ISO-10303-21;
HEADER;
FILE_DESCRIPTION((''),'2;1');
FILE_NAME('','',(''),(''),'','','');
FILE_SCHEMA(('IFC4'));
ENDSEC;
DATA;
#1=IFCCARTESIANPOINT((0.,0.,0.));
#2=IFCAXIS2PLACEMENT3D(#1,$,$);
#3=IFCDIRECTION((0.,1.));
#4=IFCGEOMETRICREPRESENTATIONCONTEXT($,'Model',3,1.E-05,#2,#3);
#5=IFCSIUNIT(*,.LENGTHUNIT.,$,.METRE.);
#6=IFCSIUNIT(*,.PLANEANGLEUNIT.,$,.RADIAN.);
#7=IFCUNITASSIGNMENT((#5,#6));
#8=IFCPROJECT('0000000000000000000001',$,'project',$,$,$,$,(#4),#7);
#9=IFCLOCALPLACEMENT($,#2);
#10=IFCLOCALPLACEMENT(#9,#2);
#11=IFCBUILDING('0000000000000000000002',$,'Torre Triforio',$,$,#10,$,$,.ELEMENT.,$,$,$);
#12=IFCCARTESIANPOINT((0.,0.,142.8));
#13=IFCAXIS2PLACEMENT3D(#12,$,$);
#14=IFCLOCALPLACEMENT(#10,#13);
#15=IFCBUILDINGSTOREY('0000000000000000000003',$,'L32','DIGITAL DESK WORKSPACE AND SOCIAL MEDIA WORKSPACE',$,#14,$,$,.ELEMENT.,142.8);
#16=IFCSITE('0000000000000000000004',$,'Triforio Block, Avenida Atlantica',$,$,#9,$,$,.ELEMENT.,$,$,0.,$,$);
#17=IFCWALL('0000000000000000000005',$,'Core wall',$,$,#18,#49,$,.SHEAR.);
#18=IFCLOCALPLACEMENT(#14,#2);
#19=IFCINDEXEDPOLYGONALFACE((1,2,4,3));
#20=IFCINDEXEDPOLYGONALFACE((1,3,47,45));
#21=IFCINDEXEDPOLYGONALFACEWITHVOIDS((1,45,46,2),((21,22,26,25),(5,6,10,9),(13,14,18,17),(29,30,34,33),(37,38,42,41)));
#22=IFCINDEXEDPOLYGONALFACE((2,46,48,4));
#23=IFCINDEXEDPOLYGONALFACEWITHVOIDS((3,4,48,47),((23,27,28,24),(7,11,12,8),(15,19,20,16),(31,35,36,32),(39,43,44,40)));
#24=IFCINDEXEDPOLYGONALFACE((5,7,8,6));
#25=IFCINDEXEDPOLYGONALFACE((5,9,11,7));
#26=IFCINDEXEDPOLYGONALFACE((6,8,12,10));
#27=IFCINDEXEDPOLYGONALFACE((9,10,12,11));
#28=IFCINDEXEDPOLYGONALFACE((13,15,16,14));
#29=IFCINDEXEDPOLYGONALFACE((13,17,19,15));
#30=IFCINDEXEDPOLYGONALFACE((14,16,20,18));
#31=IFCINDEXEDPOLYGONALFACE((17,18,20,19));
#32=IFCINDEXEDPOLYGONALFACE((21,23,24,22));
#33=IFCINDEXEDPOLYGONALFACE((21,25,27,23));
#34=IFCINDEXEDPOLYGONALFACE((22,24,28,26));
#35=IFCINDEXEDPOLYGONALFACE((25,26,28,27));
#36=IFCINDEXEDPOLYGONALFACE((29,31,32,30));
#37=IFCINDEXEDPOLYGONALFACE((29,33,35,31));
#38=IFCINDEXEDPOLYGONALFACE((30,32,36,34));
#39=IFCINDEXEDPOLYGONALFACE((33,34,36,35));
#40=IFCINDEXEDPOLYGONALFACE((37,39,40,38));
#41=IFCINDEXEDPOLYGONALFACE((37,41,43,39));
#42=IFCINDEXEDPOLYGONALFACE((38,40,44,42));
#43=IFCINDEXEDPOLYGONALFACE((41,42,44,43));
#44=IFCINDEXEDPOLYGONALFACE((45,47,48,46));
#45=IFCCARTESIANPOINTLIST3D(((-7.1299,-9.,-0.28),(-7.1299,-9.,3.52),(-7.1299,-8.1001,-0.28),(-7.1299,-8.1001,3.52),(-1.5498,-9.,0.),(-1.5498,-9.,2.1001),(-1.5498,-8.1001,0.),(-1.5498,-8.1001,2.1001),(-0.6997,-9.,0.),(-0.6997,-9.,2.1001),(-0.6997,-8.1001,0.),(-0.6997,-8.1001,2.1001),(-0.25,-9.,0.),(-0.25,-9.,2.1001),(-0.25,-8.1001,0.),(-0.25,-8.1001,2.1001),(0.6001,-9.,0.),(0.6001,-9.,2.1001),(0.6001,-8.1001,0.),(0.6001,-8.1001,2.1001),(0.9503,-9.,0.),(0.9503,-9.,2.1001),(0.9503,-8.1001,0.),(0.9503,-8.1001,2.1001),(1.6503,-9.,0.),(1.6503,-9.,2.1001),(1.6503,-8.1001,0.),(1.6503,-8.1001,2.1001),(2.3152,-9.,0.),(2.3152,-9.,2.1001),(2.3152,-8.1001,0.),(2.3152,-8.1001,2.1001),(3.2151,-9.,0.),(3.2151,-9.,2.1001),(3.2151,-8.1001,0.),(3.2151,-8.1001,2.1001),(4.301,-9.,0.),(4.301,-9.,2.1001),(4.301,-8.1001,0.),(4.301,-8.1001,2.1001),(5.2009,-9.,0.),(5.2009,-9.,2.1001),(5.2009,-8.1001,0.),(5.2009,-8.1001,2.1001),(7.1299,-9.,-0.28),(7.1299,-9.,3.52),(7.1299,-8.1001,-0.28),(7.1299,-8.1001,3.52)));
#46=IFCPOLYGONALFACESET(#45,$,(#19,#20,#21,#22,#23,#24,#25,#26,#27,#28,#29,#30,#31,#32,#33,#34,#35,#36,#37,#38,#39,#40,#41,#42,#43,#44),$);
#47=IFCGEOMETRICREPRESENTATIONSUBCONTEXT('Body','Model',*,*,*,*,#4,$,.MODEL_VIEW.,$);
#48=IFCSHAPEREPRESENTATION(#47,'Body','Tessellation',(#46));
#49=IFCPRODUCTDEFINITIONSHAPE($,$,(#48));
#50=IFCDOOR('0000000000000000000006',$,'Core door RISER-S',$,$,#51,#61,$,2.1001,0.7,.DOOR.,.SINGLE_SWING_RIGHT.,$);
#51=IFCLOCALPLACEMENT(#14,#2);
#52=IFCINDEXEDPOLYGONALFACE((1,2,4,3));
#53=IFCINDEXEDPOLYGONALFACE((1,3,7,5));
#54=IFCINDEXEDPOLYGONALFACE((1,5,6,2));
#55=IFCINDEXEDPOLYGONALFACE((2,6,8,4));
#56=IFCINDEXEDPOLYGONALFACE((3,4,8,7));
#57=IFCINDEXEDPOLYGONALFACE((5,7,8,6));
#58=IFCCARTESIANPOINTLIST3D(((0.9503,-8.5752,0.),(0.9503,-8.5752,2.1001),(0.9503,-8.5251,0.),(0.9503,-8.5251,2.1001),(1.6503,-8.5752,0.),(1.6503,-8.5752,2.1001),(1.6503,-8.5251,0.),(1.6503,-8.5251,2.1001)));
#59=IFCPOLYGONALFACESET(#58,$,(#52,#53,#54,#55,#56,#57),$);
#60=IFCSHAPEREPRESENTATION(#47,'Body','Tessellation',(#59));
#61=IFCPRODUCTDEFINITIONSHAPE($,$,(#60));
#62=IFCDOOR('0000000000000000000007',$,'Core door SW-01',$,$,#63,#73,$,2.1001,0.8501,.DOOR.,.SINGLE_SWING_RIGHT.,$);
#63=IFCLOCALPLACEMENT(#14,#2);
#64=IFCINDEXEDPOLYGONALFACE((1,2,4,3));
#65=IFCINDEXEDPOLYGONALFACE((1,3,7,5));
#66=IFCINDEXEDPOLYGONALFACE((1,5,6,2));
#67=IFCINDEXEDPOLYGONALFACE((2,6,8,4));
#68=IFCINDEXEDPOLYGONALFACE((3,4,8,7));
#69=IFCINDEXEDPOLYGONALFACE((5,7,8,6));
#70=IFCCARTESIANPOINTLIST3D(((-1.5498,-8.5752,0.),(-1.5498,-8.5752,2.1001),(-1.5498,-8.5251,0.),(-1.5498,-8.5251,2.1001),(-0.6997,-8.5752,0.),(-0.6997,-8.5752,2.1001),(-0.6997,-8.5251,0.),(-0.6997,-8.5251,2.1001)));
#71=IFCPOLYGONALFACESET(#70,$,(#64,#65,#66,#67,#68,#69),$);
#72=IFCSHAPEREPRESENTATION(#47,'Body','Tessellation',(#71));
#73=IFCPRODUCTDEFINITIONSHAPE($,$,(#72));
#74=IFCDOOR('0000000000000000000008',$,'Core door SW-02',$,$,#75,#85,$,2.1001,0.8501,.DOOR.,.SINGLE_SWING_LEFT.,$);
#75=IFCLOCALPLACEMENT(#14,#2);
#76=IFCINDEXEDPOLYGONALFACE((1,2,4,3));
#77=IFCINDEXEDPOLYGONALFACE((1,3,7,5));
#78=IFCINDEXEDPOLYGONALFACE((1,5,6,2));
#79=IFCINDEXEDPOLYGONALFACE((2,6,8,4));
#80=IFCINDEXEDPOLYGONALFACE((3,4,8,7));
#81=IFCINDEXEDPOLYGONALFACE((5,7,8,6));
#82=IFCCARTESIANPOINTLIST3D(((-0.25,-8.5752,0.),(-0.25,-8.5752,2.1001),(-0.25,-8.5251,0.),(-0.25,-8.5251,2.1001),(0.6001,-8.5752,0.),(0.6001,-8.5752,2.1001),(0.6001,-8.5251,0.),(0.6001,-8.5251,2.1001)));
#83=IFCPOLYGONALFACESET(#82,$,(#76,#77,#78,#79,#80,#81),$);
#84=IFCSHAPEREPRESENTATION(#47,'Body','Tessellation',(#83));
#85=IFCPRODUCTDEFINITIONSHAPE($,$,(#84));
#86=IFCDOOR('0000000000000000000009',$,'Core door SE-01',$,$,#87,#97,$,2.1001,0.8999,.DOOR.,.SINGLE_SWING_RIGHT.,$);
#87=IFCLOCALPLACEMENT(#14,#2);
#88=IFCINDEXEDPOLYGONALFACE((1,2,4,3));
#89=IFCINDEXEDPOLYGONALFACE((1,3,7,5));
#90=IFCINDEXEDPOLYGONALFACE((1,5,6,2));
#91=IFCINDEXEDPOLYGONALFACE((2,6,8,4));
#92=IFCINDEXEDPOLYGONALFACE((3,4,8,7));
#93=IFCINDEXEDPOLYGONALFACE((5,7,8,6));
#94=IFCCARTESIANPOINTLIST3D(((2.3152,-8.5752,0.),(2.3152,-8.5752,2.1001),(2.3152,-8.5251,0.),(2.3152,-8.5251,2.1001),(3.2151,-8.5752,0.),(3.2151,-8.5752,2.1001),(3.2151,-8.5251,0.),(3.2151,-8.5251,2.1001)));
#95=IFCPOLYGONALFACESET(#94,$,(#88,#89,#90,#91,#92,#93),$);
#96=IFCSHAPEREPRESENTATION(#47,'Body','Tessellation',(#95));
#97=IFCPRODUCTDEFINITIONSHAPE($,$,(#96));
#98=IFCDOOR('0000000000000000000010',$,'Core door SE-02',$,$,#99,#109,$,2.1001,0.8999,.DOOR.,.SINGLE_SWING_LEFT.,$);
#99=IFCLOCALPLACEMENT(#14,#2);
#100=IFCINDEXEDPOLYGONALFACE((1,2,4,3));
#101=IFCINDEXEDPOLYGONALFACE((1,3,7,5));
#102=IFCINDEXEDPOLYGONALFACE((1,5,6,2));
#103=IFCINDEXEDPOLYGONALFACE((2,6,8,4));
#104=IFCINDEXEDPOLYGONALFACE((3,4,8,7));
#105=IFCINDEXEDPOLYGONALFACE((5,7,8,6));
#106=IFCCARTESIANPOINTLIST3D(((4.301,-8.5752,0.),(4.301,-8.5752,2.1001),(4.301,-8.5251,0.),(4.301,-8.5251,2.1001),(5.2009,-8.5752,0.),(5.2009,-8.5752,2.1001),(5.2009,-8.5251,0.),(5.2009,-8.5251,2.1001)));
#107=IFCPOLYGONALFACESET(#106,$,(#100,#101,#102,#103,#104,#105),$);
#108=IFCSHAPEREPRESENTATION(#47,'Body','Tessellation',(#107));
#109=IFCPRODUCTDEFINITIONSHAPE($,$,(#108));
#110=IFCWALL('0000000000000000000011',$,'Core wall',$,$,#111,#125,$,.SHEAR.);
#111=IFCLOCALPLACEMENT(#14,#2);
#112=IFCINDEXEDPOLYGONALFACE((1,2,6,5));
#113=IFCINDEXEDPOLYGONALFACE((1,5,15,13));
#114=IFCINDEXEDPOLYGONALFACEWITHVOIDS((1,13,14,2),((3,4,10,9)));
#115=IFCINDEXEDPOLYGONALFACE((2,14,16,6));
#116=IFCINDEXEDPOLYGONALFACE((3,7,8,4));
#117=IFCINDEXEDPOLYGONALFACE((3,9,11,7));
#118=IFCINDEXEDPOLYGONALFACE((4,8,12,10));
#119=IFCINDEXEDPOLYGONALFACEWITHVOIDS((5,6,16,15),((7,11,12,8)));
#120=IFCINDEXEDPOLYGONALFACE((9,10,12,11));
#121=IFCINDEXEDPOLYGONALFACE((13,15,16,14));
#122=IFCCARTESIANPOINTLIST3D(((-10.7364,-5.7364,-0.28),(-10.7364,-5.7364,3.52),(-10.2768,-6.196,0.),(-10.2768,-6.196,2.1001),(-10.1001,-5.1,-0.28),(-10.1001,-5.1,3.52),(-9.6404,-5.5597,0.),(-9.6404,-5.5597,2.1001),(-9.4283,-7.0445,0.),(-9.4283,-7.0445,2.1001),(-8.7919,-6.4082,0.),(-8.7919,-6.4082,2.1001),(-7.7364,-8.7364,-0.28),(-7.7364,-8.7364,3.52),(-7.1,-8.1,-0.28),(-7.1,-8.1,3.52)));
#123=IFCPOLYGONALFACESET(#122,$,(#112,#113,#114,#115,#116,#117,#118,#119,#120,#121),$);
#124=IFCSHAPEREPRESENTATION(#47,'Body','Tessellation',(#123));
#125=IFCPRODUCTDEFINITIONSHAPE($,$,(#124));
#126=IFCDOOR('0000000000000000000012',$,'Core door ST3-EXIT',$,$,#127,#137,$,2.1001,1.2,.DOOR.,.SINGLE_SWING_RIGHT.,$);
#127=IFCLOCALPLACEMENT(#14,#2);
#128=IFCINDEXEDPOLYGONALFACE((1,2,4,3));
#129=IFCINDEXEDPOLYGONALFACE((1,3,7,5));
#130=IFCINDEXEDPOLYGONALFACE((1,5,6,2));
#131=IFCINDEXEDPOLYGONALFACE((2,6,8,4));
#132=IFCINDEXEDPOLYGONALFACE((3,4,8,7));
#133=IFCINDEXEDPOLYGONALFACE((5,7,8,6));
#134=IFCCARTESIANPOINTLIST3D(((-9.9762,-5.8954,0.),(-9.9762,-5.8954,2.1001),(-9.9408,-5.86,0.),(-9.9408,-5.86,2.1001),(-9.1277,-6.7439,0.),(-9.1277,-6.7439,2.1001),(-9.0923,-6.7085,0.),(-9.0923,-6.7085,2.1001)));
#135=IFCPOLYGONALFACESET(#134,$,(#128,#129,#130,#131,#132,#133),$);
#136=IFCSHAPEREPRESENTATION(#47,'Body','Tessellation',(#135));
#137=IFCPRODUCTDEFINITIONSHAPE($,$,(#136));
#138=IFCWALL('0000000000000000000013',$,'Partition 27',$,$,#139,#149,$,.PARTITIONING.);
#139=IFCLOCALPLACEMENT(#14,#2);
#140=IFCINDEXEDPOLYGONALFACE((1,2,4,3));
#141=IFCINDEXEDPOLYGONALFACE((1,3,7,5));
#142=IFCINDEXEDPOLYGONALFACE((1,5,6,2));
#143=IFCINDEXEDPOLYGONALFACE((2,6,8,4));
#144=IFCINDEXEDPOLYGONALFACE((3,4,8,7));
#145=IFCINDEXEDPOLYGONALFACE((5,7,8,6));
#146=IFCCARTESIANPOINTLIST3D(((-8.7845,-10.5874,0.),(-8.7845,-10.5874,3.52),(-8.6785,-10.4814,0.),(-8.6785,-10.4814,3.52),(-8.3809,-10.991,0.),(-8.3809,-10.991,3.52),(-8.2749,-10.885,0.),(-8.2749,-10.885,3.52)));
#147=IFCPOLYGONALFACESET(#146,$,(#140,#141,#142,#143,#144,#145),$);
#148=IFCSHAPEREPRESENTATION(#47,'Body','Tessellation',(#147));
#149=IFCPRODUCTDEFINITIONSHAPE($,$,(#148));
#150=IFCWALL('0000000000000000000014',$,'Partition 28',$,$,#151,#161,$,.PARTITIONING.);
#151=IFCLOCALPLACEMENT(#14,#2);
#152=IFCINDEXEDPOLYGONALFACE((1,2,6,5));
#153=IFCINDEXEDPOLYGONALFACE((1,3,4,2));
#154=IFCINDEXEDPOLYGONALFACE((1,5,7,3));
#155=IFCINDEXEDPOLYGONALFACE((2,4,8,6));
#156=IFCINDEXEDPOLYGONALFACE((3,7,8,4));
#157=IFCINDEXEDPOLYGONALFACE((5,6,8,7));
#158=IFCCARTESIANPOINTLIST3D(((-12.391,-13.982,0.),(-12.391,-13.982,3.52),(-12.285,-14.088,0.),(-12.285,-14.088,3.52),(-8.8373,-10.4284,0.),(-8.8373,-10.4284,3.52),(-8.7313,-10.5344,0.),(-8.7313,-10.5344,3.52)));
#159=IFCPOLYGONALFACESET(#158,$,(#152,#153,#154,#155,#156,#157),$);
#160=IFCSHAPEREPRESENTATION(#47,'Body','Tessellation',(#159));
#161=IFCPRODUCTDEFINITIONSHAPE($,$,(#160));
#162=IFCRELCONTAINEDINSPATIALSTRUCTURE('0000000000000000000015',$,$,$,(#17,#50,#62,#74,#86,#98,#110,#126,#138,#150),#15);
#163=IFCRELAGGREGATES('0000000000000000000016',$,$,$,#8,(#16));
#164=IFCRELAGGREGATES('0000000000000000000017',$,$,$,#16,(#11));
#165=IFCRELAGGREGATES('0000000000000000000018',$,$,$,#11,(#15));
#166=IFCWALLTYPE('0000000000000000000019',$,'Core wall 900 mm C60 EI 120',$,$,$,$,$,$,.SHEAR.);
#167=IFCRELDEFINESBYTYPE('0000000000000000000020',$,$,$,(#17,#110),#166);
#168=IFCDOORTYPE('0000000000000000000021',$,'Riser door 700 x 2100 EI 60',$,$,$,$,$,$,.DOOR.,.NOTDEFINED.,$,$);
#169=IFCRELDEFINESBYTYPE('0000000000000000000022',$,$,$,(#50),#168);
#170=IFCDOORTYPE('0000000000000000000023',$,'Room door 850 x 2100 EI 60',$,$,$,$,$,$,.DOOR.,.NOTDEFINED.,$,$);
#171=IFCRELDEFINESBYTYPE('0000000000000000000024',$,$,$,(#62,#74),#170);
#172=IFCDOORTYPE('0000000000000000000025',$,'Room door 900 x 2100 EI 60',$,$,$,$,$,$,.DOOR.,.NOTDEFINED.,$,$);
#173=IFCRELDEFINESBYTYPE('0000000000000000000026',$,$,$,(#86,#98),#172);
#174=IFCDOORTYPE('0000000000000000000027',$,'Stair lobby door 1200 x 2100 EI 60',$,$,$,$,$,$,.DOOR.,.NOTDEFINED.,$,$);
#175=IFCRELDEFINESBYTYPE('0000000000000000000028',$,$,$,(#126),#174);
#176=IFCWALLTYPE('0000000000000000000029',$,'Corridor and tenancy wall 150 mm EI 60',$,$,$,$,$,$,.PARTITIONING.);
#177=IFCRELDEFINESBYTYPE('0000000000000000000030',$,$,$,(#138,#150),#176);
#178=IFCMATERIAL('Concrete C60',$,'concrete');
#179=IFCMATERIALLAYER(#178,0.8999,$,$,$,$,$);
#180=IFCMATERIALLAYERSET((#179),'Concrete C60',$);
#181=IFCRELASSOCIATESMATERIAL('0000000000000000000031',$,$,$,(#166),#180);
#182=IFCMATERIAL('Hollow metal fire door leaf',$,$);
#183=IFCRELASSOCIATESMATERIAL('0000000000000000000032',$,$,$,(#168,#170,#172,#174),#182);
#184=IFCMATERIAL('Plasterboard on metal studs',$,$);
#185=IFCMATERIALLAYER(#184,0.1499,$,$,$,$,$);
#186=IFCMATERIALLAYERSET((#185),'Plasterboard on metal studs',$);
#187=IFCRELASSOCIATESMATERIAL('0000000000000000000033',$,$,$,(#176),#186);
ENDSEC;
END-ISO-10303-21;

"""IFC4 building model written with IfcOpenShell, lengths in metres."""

from ifc_helpers import new_model, si_unit, direction, frame, frame_2d, origin, place, context, subcontext, project, spatial, rectangle, extrude, material, layer, layer_set, type_object, element, fill, save


model = new_model("IFC4")

# Units and contexts
model_context = context("Model", 3, precision=1e-05, world=origin(), true_north=direction((0.0, 1.0)))
body_context = subcontext(model_context, "Body", "Model", "MODEL_VIEW")
ifc_project = project(units=[si_unit("LENGTHUNIT", "METRE"), si_unit("PLANEANGLEUNIT", "RADIAN")], contexts=[model_context])

# Site, building, storey
site_placement = place(None, origin())
site = spatial("IfcSite", under=ifc_project, at=site_placement, Name="Triforio Block, Avenida Atlantica", CompositionType="ELEMENT", RefElevation=0.0)
building_placement = place(site_placement, origin())
building = spatial("IfcBuilding", under=site, at=building_placement, Name="Torre Triforio", CompositionType="ELEMENT")
storey_placement = place(building_placement, frame((0.0, 0.0, 142.8)))
storey = spatial("IfcBuildingStorey", under=building, at=storey_placement, Name="L32", Description="DIGITAL DESK WORKSPACE AND SOCIAL MEDIA WORKSPACE", CompositionType="ELEMENT", Elevation=142.8)

# Shared definitions
ifc_material_1 = material(Name="Concrete C60", Category="concrete")

# Wall, openings, doors
ifc_layer_1 = layer(ifc_material_1, 0.8999)
ifc_layer_set_1 = layer_set([ifc_layer_1], Name="Concrete C60")
wall_type_1 = type_object("IfcWallType", Name="Core wall 900 mm C60 EI 120", PredefinedType="SHEAR", material=ifc_layer_set_1)
wall_1_placement = place(storey_placement, frame((-7.1299, -8.55, -0.28), z_axis=(0.0, 0.0, 1.0), x_axis=(1.0, 0.0, 0.0)))
wall_1 = element("IfcWall", 1, at=wall_1_placement, inside=storey, type_object=wall_type_1, Name="Core wall", PredefinedType="SHEAR", context=body_context, shape_type="SweptSolid", body=[
    extrude(rectangle(XDim=14.2598, YDim=0.8999, at=frame_2d((7.1299, 0.0))), origin(), (0.0, 0.0, 1.0), 3.8),
])
opening_1_placement = place(wall_1_placement, frame((8.0801, 0.0, 0.28)))
opening_1 = element("IfcOpeningElement", 2, at=opening_1_placement, cuts=wall_1, PredefinedType="OPENING", context=body_context, shape_type="SweptSolid", body=[
    extrude(rectangle(XDim=0.7, YDim=2.1001, at=frame_2d((0.3501, 1.05))), frame((0.0, 0.46, 0.0), z_axis=(0.0, -1.0, 0.0), x_axis=(1.0, 0.0, 0.0)), (0.0, 0.0, 1.0), 0.9199),
])
opening_2_placement = place(wall_1_placement, frame((5.5801, 0.0, 0.28)))
opening_2 = element("IfcOpeningElement", 3, at=opening_2_placement, cuts=wall_1, PredefinedType="OPENING", context=body_context, shape_type="SweptSolid", body=[
    extrude(rectangle(XDim=0.8501, YDim=2.1001, at=frame_2d((0.425, 1.05))), frame((0.0, 0.46, 0.0), z_axis=(0.0, -1.0, 0.0), x_axis=(1.0, 0.0, 0.0)), (0.0, 0.0, 1.0), 0.9199),
])
opening_3_placement = place(wall_1_placement, frame((6.8799, 0.0, 0.28)))
opening_3 = element("IfcOpeningElement", 4, at=opening_3_placement, cuts=wall_1, PredefinedType="OPENING", context=body_context, shape_type="SweptSolid", body=[
    extrude(rectangle(XDim=0.8501, YDim=2.1001, at=frame_2d((0.425, 1.05))), frame((0.0, 0.46, 0.0), z_axis=(0.0, -1.0, 0.0), x_axis=(1.0, 0.0, 0.0)), (0.0, 0.0, 1.0), 0.9199),
])
opening_4_placement = place(wall_1_placement, frame((9.4451, 0.0, 0.28)))
opening_4 = element("IfcOpeningElement", 5, at=opening_4_placement, cuts=wall_1, PredefinedType="OPENING", context=body_context, shape_type="SweptSolid", body=[
    extrude(rectangle(XDim=0.8999, YDim=2.1001, at=frame_2d((0.45, 1.05))), frame((0.0, 0.46, 0.0), z_axis=(0.0, -1.0, 0.0), x_axis=(1.0, 0.0, 0.0)), (0.0, 0.0, 1.0), 0.9199),
])
opening_5_placement = place(wall_1_placement, frame((11.4309, 0.0, 0.28)))
opening_5 = element("IfcOpeningElement", 6, at=opening_5_placement, cuts=wall_1, PredefinedType="OPENING", context=body_context, shape_type="SweptSolid", body=[
    extrude(rectangle(XDim=0.8999, YDim=2.1001, at=frame_2d((0.45, 1.05))), frame((0.0, 0.46, 0.0), z_axis=(0.0, -1.0, 0.0), x_axis=(1.0, 0.0, 0.0)), (0.0, 0.0, 1.0), 0.9199),
])
ifc_material_2 = material(Name="Hollow metal fire door leaf")
door_type_1 = type_object("IfcDoorType", Name="Riser door 700 x 2100 EI 60", OperationType="NOTDEFINED", PredefinedType="DOOR", material=ifc_material_2)
door_1_placement = place(opening_1_placement, origin())
door_1 = element("IfcDoor", 7, at=door_1_placement, inside=storey, type_object=door_type_1, Name="Core door RISER-S", OperationType="SINGLE_SWING_RIGHT", OverallHeight=2.1001, OverallWidth=0.7, PredefinedType="DOOR", context=body_context, shape_type="SweptSolid", body=[
    extrude(rectangle(XDim=0.7, YDim=2.1001, at=frame_2d((0.3501, 1.05))), frame((0.0, 0.0249, 0.0), z_axis=(0.0, -1.0, 0.0), x_axis=(1.0, 0.0, 0.0)), (0.0, 0.0, 1.0), 0.05),
])
fill(opening_1, door_1)
door_type_2 = type_object("IfcDoorType", Name="Room door 850 x 2100 EI 60", OperationType="NOTDEFINED", PredefinedType="DOOR", material=ifc_material_2)
door_2_placement = place(opening_2_placement, origin())
door_2 = element("IfcDoor", 8, at=door_2_placement, inside=storey, type_object=door_type_2, Name="Core door SW-01", OperationType="SINGLE_SWING_RIGHT", OverallHeight=2.1001, OverallWidth=0.8501, PredefinedType="DOOR", context=body_context, shape_type="SweptSolid", body=[
    extrude(rectangle(XDim=0.8501, YDim=2.1001, at=frame_2d((0.425, 1.05))), frame((0.0, 0.0249, 0.0), z_axis=(0.0, -1.0, 0.0), x_axis=(1.0, 0.0, 0.0)), (0.0, 0.0, 1.0), 0.05),
])
fill(opening_2, door_2)
door_3_placement = place(opening_3_placement, origin())
door_3 = element("IfcDoor", 9, at=door_3_placement, inside=storey, type_object=door_type_2, Name="Core door SW-02", OperationType="SINGLE_SWING_LEFT", OverallHeight=2.1001, OverallWidth=0.8501, PredefinedType="DOOR", context=body_context, shape_type="SweptSolid", body=[
    extrude(rectangle(XDim=0.8501, YDim=2.1001, at=frame_2d((0.425, 1.05))), frame((0.0, 0.0249, 0.0), z_axis=(0.0, -1.0, 0.0), x_axis=(1.0, 0.0, 0.0)), (0.0, 0.0, 1.0), 0.05),
])
fill(opening_3, door_3)
door_type_3 = type_object("IfcDoorType", Name="Room door 900 x 2100 EI 60", OperationType="NOTDEFINED", PredefinedType="DOOR", material=ifc_material_2)
door_4_placement = place(opening_4_placement, origin())
door_4 = element("IfcDoor", 10, at=door_4_placement, inside=storey, type_object=door_type_3, Name="Core door SE-01", OperationType="SINGLE_SWING_RIGHT", OverallHeight=2.1001, OverallWidth=0.8999, PredefinedType="DOOR", context=body_context, shape_type="SweptSolid", body=[
    extrude(rectangle(XDim=0.8999, YDim=2.1001, at=frame_2d((0.45, 1.05))), frame((0.0, 0.0249, 0.0), z_axis=(0.0, -1.0, 0.0), x_axis=(1.0, 0.0, 0.0)), (0.0, 0.0, 1.0), 0.05),
])
fill(opening_4, door_4)
door_5_placement = place(opening_5_placement, origin())
door_5 = element("IfcDoor", 11, at=door_5_placement, inside=storey, type_object=door_type_3, Name="Core door SE-02", OperationType="SINGLE_SWING_LEFT", OverallHeight=2.1001, OverallWidth=0.8999, PredefinedType="DOOR", context=body_context, shape_type="SweptSolid", body=[
    extrude(rectangle(XDim=0.8999, YDim=2.1001, at=frame_2d((0.45, 1.05))), frame((0.0, 0.0249, 0.0), z_axis=(0.0, -1.0, 0.0), x_axis=(1.0, 0.0, 0.0)), (0.0, 0.0, 1.0), 0.05),
])
fill(opening_5, door_5)

# Wall, opening, door
wall_2_placement = place(storey_placement, frame((-7.4182, -8.4182, -0.28), z_axis=(0.0, 0.0, 1.0), x_axis=(-0.707107, 0.707107, 0.0)))
wall_2 = element("IfcWall", 12, at=wall_2_placement, inside=storey, type_object=wall_type_1, Name="Core wall", PredefinedType="SHEAR", context=body_context, shape_type="SweptSolid", body=[
    extrude(rectangle(XDim=4.2427, YDim=0.8999, at=frame_2d((2.1213, 0.0))), origin(), (0.0, 0.0, 1.0), 3.8),
])
opening_6_placement = place(wall_2_placement, frame((2.3926, 0.0, 0.28)))
opening_6 = element("IfcOpeningElement", 13, at=opening_6_placement, cuts=wall_2, PredefinedType="OPENING", context=body_context, shape_type="SweptSolid", body=[
    extrude(rectangle(XDim=1.2, YDim=2.1001, at=frame_2d((0.6001, 1.05))), frame((0.0, 0.46, 0.0), z_axis=(0.0, -1.0, 0.0), x_axis=(1.0, 0.0, 0.0)), (0.0, 0.0, 1.0), 0.9199),
])
door_type_4 = type_object("IfcDoorType", Name="Stair lobby door 1200 x 2100 EI 60", OperationType="NOTDEFINED", PredefinedType="DOOR", material=ifc_material_2)
door_6_placement = place(opening_6_placement, origin())
door_6 = element("IfcDoor", 14, at=door_6_placement, inside=storey, type_object=door_type_4, Name="Core door ST3-EXIT", OperationType="SINGLE_SWING_RIGHT", OverallHeight=2.1001, OverallWidth=1.2, PredefinedType="DOOR", context=body_context, shape_type="SweptSolid", body=[
    extrude(rectangle(XDim=1.2, YDim=2.1001, at=frame_2d((0.6001, 1.05))), frame((0.0, 0.0249, 0.0), z_axis=(0.0, -1.0, 0.0), x_axis=(1.0, 0.0, 0.0)), (0.0, 0.0, 1.0), 0.05),
])
fill(opening_6, door_6)

# Walls
ifc_material_3 = material(Name="Plasterboard on metal studs")
ifc_layer_2 = layer(ifc_material_3, 0.1499)
ifc_layer_set_2 = layer_set([ifc_layer_2], Name="Plasterboard on metal studs")
wall_type_2 = type_object("IfcWallType", Name="Corridor and tenancy wall 150 mm EI 60", PredefinedType="PARTITIONING", material=ifc_layer_set_2)
wall_3_placement = place(storey_placement, frame((-8.3279, -10.938, 0.0), z_axis=(0.0, 0.0, 1.0), x_axis=(-0.707107, 0.707107, 0.0)))
element("IfcWall", 15, at=wall_3_placement, inside=storey, type_object=wall_type_2, Name="Partition 27", PredefinedType="PARTITIONING", context=body_context, shape_type="SweptSolid", body=[
    extrude(rectangle(XDim=0.5708, YDim=0.1499, at=frame_2d((0.2854, 0.0))), origin(), (0.0, 0.0, 1.0), 3.52),
])
wall_4_placement = place(storey_placement, frame((-8.7844, -10.4814, 0.0), z_axis=(0.0, 0.0, 1.0), x_axis=(-0.707107, -0.707107, 0.0)))
element("IfcWall", 16, at=wall_4_placement, inside=storey, type_object=wall_type_2, Name="Partition 28", PredefinedType="PARTITIONING", context=body_context, shape_type="SweptSolid", body=[
    extrude(rectangle(XDim=5.0256, YDim=0.1499, at=frame_2d((2.5127, 0.0))), origin(), (0.0, 0.0, 1.0), 3.52),
])

save(model, "model.ifc")
